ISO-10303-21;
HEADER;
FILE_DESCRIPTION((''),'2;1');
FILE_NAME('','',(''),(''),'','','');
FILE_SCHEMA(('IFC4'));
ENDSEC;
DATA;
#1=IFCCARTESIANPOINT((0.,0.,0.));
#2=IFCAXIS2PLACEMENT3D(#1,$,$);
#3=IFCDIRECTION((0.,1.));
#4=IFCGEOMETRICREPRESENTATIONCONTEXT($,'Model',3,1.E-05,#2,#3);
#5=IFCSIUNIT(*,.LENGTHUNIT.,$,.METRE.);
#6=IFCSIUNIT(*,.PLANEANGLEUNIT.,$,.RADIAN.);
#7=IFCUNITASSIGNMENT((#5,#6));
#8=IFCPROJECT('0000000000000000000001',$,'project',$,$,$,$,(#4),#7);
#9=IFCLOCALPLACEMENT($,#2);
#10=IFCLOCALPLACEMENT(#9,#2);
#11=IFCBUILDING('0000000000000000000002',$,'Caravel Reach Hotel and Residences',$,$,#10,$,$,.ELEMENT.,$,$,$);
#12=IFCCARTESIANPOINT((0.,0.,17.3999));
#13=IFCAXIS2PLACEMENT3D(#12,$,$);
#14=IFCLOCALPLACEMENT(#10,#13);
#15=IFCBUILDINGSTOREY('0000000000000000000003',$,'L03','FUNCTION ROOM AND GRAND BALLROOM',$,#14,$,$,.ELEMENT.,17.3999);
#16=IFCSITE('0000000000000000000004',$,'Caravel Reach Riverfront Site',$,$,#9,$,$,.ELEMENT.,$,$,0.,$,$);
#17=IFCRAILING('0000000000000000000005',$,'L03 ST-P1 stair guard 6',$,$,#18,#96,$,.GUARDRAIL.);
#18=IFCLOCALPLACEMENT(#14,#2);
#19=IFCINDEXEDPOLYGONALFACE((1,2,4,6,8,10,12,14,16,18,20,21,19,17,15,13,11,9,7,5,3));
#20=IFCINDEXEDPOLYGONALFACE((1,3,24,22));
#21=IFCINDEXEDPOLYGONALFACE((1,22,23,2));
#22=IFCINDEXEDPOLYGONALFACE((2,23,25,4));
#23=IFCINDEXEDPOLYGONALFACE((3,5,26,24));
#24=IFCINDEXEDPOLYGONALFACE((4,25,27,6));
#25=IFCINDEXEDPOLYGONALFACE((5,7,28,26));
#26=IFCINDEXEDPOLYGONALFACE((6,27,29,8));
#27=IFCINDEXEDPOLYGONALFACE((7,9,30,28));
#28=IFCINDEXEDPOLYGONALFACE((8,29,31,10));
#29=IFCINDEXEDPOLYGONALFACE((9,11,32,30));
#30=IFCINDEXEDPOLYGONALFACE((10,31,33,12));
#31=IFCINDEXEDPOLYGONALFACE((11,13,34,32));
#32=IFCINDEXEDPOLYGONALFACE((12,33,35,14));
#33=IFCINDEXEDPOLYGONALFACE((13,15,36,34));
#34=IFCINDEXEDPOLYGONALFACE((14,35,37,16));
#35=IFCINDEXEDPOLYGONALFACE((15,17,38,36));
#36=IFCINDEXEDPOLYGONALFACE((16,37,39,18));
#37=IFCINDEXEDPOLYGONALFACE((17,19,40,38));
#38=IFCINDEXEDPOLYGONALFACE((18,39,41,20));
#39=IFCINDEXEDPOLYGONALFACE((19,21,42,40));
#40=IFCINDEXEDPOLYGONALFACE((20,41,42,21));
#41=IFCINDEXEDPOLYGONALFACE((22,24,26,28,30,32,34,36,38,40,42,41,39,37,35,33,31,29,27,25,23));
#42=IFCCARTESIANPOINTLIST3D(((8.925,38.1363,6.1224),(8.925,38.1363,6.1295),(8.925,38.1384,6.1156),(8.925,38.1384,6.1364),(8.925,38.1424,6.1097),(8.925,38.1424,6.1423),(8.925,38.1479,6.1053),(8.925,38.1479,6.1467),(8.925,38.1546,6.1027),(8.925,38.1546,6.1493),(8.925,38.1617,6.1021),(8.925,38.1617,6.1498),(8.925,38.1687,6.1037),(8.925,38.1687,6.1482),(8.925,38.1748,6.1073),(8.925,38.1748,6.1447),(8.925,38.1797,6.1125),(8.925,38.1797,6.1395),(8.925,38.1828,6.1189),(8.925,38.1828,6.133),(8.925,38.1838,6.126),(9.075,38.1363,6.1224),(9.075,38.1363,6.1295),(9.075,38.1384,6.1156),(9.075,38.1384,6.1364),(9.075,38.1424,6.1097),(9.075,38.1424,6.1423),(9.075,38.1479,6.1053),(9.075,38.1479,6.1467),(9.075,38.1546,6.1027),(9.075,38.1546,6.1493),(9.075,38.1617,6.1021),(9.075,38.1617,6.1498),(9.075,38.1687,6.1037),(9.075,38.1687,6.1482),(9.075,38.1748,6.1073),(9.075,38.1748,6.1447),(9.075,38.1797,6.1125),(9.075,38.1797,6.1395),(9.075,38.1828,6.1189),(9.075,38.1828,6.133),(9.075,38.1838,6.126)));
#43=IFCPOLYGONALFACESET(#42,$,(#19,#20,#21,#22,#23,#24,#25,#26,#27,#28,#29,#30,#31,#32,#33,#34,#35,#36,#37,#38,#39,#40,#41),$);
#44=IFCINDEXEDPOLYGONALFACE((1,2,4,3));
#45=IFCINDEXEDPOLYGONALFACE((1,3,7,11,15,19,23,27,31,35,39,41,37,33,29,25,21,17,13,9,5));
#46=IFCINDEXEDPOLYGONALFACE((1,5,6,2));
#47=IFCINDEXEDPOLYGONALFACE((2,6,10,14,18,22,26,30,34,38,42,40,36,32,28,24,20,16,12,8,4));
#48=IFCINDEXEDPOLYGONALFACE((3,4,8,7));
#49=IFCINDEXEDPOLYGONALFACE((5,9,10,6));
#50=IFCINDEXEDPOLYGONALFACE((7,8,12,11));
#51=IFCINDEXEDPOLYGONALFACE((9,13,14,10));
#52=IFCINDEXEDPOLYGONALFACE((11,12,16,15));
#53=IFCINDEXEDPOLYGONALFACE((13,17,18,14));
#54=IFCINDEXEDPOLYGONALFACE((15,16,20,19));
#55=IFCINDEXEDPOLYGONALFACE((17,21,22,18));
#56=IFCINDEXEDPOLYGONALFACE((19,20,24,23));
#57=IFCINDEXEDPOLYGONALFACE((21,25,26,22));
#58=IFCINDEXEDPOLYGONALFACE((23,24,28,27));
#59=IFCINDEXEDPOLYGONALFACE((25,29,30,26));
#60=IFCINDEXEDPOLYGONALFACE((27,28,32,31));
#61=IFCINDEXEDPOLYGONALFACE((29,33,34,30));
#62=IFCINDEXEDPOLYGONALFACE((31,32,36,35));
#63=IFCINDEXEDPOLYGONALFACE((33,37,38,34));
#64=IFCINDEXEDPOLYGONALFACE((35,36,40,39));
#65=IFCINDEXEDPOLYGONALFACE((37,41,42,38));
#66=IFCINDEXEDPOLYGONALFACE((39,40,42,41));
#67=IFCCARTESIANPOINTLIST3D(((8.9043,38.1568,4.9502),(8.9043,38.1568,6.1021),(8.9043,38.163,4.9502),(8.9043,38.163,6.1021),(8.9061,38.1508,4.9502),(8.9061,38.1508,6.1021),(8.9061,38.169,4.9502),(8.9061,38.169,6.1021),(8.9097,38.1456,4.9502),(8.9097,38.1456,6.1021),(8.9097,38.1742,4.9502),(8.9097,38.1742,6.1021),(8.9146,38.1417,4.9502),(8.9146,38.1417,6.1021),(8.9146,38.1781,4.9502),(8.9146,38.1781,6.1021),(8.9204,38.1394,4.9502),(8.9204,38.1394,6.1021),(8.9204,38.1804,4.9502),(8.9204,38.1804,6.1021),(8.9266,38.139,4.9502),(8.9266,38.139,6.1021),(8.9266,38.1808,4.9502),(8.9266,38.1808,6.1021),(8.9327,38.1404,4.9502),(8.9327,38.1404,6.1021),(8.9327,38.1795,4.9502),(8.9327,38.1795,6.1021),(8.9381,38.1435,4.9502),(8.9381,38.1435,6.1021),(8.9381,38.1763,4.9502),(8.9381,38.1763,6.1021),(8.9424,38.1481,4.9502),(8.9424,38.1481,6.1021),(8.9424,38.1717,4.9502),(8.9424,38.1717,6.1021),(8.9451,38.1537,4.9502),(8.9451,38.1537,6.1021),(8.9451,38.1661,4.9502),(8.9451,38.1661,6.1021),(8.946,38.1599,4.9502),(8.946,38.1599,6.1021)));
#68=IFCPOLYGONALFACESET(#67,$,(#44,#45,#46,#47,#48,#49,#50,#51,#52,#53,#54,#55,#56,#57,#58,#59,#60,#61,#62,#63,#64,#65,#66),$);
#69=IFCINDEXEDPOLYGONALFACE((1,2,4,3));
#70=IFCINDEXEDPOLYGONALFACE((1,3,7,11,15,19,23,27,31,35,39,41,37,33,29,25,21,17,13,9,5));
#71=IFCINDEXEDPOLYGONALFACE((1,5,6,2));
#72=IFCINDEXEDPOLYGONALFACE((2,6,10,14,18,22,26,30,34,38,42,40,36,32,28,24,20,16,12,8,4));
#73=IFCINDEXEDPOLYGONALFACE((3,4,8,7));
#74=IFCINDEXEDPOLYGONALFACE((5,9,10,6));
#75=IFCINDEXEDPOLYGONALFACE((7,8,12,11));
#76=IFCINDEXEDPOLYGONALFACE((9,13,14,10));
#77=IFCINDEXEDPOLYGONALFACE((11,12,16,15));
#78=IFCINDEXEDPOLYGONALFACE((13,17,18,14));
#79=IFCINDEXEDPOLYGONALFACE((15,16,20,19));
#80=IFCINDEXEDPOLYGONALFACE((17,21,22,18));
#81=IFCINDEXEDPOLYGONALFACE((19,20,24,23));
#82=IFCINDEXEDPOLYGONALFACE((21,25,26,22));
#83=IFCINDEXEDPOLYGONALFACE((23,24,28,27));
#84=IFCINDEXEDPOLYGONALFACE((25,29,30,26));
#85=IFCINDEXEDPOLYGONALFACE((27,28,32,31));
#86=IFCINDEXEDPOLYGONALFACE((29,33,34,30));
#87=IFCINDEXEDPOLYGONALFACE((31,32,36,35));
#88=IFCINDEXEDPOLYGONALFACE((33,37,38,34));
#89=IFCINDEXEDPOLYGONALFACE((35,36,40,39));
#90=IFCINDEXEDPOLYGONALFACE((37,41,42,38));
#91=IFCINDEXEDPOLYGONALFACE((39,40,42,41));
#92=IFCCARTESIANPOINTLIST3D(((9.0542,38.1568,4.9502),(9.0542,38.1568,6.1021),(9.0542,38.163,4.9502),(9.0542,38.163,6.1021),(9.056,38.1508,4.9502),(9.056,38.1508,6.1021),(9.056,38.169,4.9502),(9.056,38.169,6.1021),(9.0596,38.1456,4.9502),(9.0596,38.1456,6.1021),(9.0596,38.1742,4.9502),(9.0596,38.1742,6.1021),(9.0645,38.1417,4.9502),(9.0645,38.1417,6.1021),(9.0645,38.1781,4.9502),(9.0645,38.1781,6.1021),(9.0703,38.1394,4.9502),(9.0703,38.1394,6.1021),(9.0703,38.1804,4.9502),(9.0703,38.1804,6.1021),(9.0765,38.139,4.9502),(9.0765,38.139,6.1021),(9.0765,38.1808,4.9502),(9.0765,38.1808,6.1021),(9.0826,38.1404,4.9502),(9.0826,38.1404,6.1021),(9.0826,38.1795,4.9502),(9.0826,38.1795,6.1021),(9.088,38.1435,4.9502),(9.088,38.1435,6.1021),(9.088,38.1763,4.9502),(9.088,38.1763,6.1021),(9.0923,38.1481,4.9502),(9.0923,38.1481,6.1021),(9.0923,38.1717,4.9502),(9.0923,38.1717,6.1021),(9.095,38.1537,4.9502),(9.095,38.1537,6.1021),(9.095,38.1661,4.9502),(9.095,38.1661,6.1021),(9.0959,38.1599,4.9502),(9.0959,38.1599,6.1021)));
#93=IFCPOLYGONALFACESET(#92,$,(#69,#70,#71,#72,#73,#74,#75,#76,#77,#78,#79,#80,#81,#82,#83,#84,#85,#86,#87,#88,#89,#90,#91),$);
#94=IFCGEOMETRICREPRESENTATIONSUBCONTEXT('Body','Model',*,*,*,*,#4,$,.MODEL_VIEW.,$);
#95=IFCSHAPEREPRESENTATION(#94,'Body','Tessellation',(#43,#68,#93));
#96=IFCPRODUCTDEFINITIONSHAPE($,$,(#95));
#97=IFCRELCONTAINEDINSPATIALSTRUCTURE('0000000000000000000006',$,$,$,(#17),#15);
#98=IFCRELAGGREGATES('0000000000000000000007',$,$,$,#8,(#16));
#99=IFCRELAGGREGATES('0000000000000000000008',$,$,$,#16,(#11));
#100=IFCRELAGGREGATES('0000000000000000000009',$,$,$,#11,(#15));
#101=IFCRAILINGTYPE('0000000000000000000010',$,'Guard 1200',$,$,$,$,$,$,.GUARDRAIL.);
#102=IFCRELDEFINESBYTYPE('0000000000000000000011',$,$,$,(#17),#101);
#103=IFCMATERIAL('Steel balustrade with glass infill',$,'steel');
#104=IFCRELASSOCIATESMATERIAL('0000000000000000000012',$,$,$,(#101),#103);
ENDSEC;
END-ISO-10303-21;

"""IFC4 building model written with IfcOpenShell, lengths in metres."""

from ifc_helpers import new_model, si_unit, direction, frame, origin, origin_2d, place, context, subcontext, project, spatial, circle, extrude, material, type_object, element, save


model = new_model("IFC4")

# Units and contexts
model_context = context("Model", 3, precision=1e-05, world=origin(), true_north=direction((0.0, 1.0)))
body_context = subcontext(model_context, "Body", "Model", "MODEL_VIEW")
ifc_project = project(units=[si_unit("LENGTHUNIT", "METRE"), si_unit("PLANEANGLEUNIT", "RADIAN")], contexts=[model_context])

# Site, building, storey
site_placement = place(None, origin())
site = spatial("IfcSite", under=ifc_project, at=site_placement, Name="Caravel Reach Riverfront Site", CompositionType="ELEMENT", RefElevation=0.0)
building_placement = place(site_placement, origin())
building = spatial("IfcBuilding", under=site, at=building_placement, Name="Caravel Reach Hotel and Residences", CompositionType="ELEMENT")
storey_placement = place(building_placement, frame((0.0, 0.0, 17.3999)))
storey = spatial("IfcBuildingStorey", under=building, at=storey_placement, Name="L03", Description="FUNCTION ROOM AND GRAND BALLROOM", CompositionType="ELEMENT", Elevation=17.3999)

# Railing
ifc_material_1 = material(Name="Steel balustrade with glass infill", Category="steel")
railing_type_1 = type_object("IfcRailingType", Name="Guard 1200", PredefinedType="GUARDRAIL", material=ifc_material_1)
railing_1_placement = place(storey_placement, frame((8.925, 38.1599, 4.9502)))
element("IfcRailing", 1, at=railing_1_placement, inside=storey, type_object=railing_type_1, Name="L03 ST-P1 stair guard 6", PredefinedType="GUARDRAIL", context=body_context, shape_type="SweptSolid", body=[
    extrude(circle(Radius=0.0239, at=origin_2d()), frame((0.0, 0.0, 1.1758), z_axis=(1.0, 0.0, 0.0), x_axis=(0.0, 1.0, 0.0)), (0.0, 0.0, 1.0), 0.1499),
    extrude(circle(Radius=0.021, at=origin_2d()), origin(), (0.0, 0.0, 1.0), 1.1519),
    extrude(circle(Radius=0.021, at=origin_2d()), frame((0.1499, 0.0, 0.0)), (0.0, 0.0, 1.0), 1.1519),
])

save(model, "model.ifc")
